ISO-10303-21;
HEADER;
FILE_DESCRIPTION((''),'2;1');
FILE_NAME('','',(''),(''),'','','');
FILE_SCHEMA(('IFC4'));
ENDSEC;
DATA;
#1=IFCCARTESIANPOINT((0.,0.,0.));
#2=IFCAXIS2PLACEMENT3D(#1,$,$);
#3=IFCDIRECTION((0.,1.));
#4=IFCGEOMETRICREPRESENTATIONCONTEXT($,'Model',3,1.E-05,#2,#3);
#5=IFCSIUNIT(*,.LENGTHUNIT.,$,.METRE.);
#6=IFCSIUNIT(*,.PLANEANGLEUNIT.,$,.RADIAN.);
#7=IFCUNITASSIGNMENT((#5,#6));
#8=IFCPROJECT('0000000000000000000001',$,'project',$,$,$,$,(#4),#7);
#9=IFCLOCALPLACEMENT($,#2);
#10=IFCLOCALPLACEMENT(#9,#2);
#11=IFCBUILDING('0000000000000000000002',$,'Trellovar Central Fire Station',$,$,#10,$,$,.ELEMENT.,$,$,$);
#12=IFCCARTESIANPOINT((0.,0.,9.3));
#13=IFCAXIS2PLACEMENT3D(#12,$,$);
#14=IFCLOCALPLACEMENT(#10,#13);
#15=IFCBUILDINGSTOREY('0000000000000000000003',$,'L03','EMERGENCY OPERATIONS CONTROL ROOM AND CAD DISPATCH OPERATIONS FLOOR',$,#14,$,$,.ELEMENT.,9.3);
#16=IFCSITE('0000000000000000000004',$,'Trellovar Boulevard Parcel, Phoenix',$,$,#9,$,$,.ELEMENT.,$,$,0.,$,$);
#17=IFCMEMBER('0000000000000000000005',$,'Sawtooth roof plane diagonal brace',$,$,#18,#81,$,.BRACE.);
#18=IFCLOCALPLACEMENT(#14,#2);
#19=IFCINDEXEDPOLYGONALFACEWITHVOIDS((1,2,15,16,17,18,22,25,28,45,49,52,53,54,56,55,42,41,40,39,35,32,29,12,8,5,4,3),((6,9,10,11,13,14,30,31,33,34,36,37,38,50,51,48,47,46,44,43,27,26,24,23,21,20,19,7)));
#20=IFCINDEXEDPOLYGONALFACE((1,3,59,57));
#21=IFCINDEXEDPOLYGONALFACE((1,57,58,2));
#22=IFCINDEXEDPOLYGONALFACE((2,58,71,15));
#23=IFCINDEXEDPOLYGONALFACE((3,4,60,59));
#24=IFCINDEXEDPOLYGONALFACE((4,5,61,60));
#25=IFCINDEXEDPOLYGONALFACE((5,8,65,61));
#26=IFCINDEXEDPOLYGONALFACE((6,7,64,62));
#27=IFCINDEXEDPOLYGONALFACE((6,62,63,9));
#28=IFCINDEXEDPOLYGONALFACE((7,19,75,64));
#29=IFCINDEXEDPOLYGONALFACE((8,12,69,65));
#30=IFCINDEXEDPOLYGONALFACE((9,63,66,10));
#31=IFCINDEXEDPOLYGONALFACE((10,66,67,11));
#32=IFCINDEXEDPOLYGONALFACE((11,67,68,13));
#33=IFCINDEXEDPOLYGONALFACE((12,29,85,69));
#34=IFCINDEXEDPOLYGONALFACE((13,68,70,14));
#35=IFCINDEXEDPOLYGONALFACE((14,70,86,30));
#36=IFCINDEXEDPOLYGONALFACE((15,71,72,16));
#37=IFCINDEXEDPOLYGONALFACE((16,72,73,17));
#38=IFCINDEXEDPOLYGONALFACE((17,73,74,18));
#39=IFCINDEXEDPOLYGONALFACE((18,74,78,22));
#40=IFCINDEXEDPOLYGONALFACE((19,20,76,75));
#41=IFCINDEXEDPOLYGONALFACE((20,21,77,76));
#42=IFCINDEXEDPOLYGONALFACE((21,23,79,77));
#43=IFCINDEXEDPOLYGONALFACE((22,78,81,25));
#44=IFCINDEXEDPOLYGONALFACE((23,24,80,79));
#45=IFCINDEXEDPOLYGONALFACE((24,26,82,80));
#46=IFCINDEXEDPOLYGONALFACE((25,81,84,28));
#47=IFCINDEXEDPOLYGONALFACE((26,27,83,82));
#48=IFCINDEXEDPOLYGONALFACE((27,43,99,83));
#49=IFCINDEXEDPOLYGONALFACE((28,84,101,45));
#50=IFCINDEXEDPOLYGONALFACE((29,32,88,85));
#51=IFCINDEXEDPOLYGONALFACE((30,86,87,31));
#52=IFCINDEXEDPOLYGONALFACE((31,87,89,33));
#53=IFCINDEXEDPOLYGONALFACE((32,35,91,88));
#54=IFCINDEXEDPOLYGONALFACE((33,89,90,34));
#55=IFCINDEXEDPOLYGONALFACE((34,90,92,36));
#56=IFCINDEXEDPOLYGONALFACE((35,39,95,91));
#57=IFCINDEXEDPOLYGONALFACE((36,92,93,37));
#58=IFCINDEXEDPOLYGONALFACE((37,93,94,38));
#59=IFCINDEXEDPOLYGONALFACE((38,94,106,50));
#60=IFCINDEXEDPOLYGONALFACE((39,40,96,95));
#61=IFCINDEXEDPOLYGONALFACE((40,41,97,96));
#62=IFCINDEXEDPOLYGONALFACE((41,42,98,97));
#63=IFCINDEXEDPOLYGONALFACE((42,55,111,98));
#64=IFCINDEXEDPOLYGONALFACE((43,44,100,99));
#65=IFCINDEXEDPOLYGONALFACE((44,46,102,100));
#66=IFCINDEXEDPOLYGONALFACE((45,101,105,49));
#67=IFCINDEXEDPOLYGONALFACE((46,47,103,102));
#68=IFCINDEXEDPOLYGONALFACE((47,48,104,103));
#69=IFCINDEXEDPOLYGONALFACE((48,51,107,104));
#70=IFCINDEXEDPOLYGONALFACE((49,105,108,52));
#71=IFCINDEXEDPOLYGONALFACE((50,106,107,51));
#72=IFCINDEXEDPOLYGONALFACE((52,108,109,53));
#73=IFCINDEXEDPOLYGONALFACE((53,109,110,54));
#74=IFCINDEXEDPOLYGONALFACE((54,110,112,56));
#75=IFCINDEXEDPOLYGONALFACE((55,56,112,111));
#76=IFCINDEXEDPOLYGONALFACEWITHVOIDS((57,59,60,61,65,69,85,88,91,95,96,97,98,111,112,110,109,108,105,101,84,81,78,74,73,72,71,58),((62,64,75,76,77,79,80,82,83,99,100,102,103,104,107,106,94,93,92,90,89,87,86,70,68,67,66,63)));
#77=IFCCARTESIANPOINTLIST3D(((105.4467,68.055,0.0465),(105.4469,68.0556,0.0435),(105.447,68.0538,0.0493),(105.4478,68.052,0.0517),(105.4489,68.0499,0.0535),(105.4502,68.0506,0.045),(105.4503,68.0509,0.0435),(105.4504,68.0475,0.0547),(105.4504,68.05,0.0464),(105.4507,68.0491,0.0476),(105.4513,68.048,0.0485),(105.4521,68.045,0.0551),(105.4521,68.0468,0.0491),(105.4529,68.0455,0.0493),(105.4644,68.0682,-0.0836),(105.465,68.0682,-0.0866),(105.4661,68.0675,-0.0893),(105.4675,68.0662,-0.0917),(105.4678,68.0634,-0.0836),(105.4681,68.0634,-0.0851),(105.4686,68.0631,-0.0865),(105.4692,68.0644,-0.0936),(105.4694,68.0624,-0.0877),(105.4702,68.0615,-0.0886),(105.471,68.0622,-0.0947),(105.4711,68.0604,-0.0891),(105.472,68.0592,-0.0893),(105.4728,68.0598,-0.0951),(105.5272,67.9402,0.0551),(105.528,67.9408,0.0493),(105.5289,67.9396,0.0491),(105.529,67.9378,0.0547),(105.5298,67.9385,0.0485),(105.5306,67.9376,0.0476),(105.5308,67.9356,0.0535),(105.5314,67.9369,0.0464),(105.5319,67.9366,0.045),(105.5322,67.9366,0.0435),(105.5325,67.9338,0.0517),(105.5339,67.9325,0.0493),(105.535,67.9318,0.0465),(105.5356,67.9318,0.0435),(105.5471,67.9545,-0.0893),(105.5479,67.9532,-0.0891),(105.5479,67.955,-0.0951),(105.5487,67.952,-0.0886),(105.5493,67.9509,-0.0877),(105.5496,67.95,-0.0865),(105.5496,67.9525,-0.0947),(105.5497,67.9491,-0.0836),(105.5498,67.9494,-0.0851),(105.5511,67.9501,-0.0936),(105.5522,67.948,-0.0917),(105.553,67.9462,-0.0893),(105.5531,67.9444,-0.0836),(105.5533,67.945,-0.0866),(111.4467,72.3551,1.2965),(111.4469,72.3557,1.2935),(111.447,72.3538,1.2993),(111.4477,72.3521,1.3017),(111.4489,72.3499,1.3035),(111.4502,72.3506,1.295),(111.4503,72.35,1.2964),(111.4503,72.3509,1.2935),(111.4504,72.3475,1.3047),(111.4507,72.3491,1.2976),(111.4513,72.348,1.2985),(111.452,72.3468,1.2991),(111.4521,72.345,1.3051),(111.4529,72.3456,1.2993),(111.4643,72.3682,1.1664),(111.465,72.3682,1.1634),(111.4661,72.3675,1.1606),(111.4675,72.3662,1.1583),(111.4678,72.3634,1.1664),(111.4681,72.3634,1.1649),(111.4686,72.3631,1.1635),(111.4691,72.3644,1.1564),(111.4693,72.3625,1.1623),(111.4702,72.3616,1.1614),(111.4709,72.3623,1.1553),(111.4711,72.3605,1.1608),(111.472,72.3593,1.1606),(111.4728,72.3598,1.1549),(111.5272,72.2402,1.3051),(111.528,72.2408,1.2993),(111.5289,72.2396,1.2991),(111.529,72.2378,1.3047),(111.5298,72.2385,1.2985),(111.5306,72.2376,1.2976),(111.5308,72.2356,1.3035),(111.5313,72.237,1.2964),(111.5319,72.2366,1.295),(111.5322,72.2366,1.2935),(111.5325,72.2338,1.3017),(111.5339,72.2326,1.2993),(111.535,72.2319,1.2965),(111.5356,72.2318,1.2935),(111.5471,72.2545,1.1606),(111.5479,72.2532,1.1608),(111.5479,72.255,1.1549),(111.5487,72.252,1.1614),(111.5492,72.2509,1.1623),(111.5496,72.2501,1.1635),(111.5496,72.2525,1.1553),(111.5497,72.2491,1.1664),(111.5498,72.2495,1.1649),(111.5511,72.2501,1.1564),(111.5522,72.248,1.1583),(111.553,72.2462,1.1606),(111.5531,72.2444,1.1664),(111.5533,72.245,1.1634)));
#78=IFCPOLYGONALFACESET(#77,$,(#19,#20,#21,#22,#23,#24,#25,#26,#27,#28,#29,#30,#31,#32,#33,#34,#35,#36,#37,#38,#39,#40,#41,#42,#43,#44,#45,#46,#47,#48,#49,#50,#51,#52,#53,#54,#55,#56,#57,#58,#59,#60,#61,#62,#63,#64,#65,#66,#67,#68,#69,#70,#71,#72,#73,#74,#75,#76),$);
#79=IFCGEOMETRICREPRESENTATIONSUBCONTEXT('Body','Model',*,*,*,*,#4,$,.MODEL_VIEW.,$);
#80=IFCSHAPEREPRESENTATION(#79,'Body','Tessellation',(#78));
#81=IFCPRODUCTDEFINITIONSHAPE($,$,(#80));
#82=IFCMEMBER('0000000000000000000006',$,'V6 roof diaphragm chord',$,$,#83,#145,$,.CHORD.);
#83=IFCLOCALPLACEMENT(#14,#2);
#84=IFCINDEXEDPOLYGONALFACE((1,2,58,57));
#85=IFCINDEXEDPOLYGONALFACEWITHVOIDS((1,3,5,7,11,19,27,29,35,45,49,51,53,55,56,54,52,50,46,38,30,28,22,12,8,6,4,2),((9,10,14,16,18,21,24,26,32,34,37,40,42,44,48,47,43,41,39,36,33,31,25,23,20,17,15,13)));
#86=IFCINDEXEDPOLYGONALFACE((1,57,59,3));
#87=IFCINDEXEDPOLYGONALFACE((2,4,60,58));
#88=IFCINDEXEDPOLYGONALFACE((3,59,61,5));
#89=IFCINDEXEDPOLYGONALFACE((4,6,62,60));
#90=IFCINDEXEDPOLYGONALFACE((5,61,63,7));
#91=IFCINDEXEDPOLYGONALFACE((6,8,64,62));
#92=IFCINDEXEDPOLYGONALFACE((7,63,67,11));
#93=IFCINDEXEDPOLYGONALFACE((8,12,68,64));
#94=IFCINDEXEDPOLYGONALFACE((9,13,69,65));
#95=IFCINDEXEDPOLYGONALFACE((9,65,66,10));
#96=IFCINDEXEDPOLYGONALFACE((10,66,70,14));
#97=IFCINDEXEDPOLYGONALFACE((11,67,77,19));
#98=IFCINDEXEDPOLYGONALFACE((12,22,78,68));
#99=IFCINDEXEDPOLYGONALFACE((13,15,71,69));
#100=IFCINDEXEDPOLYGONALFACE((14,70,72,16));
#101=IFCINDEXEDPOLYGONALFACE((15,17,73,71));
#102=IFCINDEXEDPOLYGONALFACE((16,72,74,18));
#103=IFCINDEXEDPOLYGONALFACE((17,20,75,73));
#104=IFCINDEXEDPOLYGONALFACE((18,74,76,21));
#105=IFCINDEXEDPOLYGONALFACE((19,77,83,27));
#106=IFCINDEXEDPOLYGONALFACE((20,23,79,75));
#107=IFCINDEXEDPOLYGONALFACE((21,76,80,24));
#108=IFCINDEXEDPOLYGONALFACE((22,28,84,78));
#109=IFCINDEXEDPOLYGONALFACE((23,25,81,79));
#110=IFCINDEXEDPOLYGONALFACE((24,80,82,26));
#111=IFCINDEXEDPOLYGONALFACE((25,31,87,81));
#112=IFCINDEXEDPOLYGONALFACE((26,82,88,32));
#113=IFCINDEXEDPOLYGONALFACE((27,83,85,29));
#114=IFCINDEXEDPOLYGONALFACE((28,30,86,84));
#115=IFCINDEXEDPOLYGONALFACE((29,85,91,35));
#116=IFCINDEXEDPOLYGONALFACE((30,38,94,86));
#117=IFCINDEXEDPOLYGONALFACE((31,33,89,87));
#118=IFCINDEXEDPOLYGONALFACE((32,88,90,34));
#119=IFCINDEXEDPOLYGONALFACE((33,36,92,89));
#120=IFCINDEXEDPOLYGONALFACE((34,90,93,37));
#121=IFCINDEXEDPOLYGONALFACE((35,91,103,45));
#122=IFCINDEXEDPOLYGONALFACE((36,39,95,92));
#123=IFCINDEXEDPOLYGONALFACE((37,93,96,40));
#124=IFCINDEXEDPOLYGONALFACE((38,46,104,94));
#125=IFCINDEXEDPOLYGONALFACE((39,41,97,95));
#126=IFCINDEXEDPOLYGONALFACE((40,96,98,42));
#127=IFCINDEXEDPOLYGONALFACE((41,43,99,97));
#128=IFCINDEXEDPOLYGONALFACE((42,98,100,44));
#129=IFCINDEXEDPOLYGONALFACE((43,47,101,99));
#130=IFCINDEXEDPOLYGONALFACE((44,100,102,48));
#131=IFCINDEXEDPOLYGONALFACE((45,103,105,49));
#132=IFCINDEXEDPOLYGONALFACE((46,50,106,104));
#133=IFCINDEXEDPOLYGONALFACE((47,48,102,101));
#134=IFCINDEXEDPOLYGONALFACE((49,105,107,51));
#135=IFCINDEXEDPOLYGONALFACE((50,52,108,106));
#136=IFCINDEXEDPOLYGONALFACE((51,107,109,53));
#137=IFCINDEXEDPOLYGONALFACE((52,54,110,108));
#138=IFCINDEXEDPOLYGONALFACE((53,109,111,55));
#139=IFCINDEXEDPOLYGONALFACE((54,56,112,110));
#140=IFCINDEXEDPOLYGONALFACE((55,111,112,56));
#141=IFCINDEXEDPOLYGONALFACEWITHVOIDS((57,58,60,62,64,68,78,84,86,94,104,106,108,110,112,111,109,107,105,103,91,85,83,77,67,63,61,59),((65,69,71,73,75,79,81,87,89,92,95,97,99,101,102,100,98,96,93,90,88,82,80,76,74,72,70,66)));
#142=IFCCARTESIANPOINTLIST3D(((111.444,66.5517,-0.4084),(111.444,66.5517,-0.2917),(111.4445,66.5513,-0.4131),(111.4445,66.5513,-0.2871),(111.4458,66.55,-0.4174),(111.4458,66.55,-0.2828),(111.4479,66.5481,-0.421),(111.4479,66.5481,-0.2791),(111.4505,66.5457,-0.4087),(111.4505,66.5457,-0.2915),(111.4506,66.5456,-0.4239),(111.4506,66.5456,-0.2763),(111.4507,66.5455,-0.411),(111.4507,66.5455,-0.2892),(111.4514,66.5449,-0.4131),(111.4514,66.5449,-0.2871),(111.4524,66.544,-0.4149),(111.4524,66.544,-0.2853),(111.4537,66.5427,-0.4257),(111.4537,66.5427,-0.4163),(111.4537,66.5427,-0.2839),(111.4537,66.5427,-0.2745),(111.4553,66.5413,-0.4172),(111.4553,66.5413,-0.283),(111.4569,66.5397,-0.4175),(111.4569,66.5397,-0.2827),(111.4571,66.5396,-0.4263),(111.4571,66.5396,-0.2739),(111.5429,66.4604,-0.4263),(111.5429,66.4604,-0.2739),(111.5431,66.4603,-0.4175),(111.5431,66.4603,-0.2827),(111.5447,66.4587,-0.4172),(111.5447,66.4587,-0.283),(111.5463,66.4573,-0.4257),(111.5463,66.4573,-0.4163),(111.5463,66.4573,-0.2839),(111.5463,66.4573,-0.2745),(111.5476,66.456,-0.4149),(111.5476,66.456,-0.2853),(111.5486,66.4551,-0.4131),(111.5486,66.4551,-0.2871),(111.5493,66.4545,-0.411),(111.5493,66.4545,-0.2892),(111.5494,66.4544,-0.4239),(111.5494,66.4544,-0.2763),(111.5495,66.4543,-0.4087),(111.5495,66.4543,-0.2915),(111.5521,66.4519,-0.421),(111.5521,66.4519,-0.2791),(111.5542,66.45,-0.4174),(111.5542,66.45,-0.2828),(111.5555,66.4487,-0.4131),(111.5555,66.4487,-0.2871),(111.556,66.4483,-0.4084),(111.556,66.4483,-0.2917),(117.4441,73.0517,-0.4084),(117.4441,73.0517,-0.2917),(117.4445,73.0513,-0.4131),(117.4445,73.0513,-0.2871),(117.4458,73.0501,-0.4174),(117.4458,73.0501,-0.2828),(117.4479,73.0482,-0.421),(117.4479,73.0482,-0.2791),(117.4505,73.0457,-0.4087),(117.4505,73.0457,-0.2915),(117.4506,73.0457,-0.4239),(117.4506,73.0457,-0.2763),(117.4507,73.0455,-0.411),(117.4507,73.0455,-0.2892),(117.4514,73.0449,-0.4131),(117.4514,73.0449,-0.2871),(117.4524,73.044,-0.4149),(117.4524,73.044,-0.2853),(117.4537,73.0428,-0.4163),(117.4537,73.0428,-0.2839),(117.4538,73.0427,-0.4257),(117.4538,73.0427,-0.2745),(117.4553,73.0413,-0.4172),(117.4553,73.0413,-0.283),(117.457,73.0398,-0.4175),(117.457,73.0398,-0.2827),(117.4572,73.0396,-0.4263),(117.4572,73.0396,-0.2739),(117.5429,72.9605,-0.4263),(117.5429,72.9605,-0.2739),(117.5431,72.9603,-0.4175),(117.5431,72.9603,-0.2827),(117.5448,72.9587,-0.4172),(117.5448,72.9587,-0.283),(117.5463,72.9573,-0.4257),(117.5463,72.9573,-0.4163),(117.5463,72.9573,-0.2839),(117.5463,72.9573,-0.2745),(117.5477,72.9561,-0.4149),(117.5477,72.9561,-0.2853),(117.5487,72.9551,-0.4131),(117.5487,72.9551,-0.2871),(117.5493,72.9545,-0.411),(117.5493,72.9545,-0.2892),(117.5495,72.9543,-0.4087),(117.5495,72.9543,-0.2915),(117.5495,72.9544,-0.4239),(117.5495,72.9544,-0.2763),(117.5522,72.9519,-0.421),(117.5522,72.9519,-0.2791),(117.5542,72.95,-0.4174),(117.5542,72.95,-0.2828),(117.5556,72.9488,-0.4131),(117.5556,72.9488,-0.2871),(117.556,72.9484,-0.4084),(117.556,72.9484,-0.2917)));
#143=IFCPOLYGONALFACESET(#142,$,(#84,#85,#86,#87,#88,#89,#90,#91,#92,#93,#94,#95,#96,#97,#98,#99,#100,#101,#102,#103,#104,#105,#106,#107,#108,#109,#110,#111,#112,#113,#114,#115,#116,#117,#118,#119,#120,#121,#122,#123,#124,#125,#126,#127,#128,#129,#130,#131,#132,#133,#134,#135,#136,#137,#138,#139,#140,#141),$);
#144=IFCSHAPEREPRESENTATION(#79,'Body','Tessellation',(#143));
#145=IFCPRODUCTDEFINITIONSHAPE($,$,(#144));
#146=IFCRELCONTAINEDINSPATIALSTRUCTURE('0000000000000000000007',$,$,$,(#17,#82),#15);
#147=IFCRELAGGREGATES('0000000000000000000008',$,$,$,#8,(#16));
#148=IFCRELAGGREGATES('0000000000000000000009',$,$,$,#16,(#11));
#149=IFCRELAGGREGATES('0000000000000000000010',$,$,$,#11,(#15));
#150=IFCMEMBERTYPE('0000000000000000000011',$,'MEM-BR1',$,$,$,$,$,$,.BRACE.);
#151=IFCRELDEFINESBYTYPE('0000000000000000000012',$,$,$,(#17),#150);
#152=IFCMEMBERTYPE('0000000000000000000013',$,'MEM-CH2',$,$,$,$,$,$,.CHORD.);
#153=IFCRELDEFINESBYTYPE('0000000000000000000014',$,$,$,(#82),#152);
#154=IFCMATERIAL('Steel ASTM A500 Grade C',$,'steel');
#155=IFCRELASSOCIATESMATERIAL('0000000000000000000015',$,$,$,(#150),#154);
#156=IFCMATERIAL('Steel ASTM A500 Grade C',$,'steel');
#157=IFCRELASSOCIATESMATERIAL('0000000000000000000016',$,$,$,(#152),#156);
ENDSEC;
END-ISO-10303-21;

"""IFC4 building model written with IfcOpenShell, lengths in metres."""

from ifc_helpers import new_model, si_unit, direction, frame, origin, origin_2d, place, context, subcontext, project, spatial, hollow_rectangle, extrude, material, material_profile, profile_set, type_object, element, save


model = new_model("IFC4")

# Units and contexts
model_context = context("Model", 3, precision=1e-05, world=origin(), true_north=direction((0.0, 1.0)))
body_context = subcontext(model_context, "Body", "Model", "MODEL_VIEW")
ifc_project = project(units=[si_unit("LENGTHUNIT", "METRE"), si_unit("PLANEANGLEUNIT", "RADIAN")], contexts=[model_context])

# Site, building, storey
site_placement = place(None, origin())
site = spatial("IfcSite", under=ifc_project, at=site_placement, Name="Trellovar Boulevard Parcel, Phoenix", CompositionType="ELEMENT", RefElevation=0.0)
building_placement = place(site_placement, origin())
building = spatial("IfcBuilding", under=site, at=building_placement, Name="Trellovar Central Fire Station", CompositionType="ELEMENT")
storey_placement = place(building_placement, frame((0.0, 0.0, 9.3)))
storey = spatial("IfcBuildingStorey", under=building, at=storey_placement, Name="L03", Description="EMERGENCY OPERATIONS CONTROL ROOM AND CAD DISPATCH OPERATIONS FLOOR", CompositionType="ELEMENT", Elevation=9.3)

# Members
ifc_material_1 = material(Name="Steel ASTM A500 Grade C", Category="steel")
ifc_material_profile_1 = material_profile(ifc_material_1, hollow_rectangle(XDim=0.1523, YDim=0.1523, WallThickness=0.0059, InnerFilletRadius=0.0059, OuterFilletRadius=0.0117, at=origin_2d()), Name="HSS6X6X1/4")
ifc_profile_set_1 = profile_set([ifc_material_profile_1], Name="Steel ASTM A500 Grade C")
member_type_1 = type_object("IfcMemberType", Name="MEM-BR1", PredefinedType="BRACE", material=ifc_profile_set_1)
member_1_placement = place(storey_placement, frame((105.5, 68.0, -0.02), z_axis=(0.801405, 0.574347, 0.166959), x_axis=(-0.582523, 0.812814, 0.0)))
element("IfcMember", 1, at=member_1_placement, inside=storey, type_object=member_type_1, Name="Sawtooth roof plane diagonal brace", PredefinedType="BRACE", context=body_context, shape_type="SweptSolid", body=[
    extrude(hollow_rectangle(XDim=0.1523, YDim=0.1523, WallThickness=0.0059, InnerFilletRadius=0.0059, OuterFilletRadius=0.0117, at=origin_2d()), origin(), (0.0, 0.0, 1.0), 7.4868),
])
ifc_material_2 = material(Name="Steel ASTM A500 Grade C", Category="steel")
ifc_material_profile_2 = material_profile(ifc_material_2, hollow_rectangle(XDim=0.1523, YDim=0.1523, WallThickness=0.0088, InnerFilletRadius=0.0088, OuterFilletRadius=0.0178, at=origin_2d()), Name="HSS6X6X3/8")
ifc_profile_set_2 = profile_set([ifc_material_profile_2], Name="Steel ASTM A500 Grade C")
member_type_2 = type_object("IfcMemberType", Name="MEM-CH2", PredefinedType="CHORD", material=ifc_profile_set_2)
member_2_placement = place(storey_placement, frame((111.5, 66.5, -0.3501), z_axis=(0.67828, 0.734803, 0.0), x_axis=(-0.734803, 0.67828, 0.0)))
element("IfcMember", 2, at=member_2_placement, inside=storey, type_object=member_type_2, Name="V6 roof diaphragm chord", PredefinedType="CHORD", context=body_context, shape_type="SweptSolid", body=[
    extrude(hollow_rectangle(XDim=0.1523, YDim=0.1523, WallThickness=0.0088, InnerFilletRadius=0.0088, OuterFilletRadius=0.0178, at=origin_2d()), origin(), (0.0, 0.0, 1.0), 8.8459),
])

save(model, "model.ifc")
